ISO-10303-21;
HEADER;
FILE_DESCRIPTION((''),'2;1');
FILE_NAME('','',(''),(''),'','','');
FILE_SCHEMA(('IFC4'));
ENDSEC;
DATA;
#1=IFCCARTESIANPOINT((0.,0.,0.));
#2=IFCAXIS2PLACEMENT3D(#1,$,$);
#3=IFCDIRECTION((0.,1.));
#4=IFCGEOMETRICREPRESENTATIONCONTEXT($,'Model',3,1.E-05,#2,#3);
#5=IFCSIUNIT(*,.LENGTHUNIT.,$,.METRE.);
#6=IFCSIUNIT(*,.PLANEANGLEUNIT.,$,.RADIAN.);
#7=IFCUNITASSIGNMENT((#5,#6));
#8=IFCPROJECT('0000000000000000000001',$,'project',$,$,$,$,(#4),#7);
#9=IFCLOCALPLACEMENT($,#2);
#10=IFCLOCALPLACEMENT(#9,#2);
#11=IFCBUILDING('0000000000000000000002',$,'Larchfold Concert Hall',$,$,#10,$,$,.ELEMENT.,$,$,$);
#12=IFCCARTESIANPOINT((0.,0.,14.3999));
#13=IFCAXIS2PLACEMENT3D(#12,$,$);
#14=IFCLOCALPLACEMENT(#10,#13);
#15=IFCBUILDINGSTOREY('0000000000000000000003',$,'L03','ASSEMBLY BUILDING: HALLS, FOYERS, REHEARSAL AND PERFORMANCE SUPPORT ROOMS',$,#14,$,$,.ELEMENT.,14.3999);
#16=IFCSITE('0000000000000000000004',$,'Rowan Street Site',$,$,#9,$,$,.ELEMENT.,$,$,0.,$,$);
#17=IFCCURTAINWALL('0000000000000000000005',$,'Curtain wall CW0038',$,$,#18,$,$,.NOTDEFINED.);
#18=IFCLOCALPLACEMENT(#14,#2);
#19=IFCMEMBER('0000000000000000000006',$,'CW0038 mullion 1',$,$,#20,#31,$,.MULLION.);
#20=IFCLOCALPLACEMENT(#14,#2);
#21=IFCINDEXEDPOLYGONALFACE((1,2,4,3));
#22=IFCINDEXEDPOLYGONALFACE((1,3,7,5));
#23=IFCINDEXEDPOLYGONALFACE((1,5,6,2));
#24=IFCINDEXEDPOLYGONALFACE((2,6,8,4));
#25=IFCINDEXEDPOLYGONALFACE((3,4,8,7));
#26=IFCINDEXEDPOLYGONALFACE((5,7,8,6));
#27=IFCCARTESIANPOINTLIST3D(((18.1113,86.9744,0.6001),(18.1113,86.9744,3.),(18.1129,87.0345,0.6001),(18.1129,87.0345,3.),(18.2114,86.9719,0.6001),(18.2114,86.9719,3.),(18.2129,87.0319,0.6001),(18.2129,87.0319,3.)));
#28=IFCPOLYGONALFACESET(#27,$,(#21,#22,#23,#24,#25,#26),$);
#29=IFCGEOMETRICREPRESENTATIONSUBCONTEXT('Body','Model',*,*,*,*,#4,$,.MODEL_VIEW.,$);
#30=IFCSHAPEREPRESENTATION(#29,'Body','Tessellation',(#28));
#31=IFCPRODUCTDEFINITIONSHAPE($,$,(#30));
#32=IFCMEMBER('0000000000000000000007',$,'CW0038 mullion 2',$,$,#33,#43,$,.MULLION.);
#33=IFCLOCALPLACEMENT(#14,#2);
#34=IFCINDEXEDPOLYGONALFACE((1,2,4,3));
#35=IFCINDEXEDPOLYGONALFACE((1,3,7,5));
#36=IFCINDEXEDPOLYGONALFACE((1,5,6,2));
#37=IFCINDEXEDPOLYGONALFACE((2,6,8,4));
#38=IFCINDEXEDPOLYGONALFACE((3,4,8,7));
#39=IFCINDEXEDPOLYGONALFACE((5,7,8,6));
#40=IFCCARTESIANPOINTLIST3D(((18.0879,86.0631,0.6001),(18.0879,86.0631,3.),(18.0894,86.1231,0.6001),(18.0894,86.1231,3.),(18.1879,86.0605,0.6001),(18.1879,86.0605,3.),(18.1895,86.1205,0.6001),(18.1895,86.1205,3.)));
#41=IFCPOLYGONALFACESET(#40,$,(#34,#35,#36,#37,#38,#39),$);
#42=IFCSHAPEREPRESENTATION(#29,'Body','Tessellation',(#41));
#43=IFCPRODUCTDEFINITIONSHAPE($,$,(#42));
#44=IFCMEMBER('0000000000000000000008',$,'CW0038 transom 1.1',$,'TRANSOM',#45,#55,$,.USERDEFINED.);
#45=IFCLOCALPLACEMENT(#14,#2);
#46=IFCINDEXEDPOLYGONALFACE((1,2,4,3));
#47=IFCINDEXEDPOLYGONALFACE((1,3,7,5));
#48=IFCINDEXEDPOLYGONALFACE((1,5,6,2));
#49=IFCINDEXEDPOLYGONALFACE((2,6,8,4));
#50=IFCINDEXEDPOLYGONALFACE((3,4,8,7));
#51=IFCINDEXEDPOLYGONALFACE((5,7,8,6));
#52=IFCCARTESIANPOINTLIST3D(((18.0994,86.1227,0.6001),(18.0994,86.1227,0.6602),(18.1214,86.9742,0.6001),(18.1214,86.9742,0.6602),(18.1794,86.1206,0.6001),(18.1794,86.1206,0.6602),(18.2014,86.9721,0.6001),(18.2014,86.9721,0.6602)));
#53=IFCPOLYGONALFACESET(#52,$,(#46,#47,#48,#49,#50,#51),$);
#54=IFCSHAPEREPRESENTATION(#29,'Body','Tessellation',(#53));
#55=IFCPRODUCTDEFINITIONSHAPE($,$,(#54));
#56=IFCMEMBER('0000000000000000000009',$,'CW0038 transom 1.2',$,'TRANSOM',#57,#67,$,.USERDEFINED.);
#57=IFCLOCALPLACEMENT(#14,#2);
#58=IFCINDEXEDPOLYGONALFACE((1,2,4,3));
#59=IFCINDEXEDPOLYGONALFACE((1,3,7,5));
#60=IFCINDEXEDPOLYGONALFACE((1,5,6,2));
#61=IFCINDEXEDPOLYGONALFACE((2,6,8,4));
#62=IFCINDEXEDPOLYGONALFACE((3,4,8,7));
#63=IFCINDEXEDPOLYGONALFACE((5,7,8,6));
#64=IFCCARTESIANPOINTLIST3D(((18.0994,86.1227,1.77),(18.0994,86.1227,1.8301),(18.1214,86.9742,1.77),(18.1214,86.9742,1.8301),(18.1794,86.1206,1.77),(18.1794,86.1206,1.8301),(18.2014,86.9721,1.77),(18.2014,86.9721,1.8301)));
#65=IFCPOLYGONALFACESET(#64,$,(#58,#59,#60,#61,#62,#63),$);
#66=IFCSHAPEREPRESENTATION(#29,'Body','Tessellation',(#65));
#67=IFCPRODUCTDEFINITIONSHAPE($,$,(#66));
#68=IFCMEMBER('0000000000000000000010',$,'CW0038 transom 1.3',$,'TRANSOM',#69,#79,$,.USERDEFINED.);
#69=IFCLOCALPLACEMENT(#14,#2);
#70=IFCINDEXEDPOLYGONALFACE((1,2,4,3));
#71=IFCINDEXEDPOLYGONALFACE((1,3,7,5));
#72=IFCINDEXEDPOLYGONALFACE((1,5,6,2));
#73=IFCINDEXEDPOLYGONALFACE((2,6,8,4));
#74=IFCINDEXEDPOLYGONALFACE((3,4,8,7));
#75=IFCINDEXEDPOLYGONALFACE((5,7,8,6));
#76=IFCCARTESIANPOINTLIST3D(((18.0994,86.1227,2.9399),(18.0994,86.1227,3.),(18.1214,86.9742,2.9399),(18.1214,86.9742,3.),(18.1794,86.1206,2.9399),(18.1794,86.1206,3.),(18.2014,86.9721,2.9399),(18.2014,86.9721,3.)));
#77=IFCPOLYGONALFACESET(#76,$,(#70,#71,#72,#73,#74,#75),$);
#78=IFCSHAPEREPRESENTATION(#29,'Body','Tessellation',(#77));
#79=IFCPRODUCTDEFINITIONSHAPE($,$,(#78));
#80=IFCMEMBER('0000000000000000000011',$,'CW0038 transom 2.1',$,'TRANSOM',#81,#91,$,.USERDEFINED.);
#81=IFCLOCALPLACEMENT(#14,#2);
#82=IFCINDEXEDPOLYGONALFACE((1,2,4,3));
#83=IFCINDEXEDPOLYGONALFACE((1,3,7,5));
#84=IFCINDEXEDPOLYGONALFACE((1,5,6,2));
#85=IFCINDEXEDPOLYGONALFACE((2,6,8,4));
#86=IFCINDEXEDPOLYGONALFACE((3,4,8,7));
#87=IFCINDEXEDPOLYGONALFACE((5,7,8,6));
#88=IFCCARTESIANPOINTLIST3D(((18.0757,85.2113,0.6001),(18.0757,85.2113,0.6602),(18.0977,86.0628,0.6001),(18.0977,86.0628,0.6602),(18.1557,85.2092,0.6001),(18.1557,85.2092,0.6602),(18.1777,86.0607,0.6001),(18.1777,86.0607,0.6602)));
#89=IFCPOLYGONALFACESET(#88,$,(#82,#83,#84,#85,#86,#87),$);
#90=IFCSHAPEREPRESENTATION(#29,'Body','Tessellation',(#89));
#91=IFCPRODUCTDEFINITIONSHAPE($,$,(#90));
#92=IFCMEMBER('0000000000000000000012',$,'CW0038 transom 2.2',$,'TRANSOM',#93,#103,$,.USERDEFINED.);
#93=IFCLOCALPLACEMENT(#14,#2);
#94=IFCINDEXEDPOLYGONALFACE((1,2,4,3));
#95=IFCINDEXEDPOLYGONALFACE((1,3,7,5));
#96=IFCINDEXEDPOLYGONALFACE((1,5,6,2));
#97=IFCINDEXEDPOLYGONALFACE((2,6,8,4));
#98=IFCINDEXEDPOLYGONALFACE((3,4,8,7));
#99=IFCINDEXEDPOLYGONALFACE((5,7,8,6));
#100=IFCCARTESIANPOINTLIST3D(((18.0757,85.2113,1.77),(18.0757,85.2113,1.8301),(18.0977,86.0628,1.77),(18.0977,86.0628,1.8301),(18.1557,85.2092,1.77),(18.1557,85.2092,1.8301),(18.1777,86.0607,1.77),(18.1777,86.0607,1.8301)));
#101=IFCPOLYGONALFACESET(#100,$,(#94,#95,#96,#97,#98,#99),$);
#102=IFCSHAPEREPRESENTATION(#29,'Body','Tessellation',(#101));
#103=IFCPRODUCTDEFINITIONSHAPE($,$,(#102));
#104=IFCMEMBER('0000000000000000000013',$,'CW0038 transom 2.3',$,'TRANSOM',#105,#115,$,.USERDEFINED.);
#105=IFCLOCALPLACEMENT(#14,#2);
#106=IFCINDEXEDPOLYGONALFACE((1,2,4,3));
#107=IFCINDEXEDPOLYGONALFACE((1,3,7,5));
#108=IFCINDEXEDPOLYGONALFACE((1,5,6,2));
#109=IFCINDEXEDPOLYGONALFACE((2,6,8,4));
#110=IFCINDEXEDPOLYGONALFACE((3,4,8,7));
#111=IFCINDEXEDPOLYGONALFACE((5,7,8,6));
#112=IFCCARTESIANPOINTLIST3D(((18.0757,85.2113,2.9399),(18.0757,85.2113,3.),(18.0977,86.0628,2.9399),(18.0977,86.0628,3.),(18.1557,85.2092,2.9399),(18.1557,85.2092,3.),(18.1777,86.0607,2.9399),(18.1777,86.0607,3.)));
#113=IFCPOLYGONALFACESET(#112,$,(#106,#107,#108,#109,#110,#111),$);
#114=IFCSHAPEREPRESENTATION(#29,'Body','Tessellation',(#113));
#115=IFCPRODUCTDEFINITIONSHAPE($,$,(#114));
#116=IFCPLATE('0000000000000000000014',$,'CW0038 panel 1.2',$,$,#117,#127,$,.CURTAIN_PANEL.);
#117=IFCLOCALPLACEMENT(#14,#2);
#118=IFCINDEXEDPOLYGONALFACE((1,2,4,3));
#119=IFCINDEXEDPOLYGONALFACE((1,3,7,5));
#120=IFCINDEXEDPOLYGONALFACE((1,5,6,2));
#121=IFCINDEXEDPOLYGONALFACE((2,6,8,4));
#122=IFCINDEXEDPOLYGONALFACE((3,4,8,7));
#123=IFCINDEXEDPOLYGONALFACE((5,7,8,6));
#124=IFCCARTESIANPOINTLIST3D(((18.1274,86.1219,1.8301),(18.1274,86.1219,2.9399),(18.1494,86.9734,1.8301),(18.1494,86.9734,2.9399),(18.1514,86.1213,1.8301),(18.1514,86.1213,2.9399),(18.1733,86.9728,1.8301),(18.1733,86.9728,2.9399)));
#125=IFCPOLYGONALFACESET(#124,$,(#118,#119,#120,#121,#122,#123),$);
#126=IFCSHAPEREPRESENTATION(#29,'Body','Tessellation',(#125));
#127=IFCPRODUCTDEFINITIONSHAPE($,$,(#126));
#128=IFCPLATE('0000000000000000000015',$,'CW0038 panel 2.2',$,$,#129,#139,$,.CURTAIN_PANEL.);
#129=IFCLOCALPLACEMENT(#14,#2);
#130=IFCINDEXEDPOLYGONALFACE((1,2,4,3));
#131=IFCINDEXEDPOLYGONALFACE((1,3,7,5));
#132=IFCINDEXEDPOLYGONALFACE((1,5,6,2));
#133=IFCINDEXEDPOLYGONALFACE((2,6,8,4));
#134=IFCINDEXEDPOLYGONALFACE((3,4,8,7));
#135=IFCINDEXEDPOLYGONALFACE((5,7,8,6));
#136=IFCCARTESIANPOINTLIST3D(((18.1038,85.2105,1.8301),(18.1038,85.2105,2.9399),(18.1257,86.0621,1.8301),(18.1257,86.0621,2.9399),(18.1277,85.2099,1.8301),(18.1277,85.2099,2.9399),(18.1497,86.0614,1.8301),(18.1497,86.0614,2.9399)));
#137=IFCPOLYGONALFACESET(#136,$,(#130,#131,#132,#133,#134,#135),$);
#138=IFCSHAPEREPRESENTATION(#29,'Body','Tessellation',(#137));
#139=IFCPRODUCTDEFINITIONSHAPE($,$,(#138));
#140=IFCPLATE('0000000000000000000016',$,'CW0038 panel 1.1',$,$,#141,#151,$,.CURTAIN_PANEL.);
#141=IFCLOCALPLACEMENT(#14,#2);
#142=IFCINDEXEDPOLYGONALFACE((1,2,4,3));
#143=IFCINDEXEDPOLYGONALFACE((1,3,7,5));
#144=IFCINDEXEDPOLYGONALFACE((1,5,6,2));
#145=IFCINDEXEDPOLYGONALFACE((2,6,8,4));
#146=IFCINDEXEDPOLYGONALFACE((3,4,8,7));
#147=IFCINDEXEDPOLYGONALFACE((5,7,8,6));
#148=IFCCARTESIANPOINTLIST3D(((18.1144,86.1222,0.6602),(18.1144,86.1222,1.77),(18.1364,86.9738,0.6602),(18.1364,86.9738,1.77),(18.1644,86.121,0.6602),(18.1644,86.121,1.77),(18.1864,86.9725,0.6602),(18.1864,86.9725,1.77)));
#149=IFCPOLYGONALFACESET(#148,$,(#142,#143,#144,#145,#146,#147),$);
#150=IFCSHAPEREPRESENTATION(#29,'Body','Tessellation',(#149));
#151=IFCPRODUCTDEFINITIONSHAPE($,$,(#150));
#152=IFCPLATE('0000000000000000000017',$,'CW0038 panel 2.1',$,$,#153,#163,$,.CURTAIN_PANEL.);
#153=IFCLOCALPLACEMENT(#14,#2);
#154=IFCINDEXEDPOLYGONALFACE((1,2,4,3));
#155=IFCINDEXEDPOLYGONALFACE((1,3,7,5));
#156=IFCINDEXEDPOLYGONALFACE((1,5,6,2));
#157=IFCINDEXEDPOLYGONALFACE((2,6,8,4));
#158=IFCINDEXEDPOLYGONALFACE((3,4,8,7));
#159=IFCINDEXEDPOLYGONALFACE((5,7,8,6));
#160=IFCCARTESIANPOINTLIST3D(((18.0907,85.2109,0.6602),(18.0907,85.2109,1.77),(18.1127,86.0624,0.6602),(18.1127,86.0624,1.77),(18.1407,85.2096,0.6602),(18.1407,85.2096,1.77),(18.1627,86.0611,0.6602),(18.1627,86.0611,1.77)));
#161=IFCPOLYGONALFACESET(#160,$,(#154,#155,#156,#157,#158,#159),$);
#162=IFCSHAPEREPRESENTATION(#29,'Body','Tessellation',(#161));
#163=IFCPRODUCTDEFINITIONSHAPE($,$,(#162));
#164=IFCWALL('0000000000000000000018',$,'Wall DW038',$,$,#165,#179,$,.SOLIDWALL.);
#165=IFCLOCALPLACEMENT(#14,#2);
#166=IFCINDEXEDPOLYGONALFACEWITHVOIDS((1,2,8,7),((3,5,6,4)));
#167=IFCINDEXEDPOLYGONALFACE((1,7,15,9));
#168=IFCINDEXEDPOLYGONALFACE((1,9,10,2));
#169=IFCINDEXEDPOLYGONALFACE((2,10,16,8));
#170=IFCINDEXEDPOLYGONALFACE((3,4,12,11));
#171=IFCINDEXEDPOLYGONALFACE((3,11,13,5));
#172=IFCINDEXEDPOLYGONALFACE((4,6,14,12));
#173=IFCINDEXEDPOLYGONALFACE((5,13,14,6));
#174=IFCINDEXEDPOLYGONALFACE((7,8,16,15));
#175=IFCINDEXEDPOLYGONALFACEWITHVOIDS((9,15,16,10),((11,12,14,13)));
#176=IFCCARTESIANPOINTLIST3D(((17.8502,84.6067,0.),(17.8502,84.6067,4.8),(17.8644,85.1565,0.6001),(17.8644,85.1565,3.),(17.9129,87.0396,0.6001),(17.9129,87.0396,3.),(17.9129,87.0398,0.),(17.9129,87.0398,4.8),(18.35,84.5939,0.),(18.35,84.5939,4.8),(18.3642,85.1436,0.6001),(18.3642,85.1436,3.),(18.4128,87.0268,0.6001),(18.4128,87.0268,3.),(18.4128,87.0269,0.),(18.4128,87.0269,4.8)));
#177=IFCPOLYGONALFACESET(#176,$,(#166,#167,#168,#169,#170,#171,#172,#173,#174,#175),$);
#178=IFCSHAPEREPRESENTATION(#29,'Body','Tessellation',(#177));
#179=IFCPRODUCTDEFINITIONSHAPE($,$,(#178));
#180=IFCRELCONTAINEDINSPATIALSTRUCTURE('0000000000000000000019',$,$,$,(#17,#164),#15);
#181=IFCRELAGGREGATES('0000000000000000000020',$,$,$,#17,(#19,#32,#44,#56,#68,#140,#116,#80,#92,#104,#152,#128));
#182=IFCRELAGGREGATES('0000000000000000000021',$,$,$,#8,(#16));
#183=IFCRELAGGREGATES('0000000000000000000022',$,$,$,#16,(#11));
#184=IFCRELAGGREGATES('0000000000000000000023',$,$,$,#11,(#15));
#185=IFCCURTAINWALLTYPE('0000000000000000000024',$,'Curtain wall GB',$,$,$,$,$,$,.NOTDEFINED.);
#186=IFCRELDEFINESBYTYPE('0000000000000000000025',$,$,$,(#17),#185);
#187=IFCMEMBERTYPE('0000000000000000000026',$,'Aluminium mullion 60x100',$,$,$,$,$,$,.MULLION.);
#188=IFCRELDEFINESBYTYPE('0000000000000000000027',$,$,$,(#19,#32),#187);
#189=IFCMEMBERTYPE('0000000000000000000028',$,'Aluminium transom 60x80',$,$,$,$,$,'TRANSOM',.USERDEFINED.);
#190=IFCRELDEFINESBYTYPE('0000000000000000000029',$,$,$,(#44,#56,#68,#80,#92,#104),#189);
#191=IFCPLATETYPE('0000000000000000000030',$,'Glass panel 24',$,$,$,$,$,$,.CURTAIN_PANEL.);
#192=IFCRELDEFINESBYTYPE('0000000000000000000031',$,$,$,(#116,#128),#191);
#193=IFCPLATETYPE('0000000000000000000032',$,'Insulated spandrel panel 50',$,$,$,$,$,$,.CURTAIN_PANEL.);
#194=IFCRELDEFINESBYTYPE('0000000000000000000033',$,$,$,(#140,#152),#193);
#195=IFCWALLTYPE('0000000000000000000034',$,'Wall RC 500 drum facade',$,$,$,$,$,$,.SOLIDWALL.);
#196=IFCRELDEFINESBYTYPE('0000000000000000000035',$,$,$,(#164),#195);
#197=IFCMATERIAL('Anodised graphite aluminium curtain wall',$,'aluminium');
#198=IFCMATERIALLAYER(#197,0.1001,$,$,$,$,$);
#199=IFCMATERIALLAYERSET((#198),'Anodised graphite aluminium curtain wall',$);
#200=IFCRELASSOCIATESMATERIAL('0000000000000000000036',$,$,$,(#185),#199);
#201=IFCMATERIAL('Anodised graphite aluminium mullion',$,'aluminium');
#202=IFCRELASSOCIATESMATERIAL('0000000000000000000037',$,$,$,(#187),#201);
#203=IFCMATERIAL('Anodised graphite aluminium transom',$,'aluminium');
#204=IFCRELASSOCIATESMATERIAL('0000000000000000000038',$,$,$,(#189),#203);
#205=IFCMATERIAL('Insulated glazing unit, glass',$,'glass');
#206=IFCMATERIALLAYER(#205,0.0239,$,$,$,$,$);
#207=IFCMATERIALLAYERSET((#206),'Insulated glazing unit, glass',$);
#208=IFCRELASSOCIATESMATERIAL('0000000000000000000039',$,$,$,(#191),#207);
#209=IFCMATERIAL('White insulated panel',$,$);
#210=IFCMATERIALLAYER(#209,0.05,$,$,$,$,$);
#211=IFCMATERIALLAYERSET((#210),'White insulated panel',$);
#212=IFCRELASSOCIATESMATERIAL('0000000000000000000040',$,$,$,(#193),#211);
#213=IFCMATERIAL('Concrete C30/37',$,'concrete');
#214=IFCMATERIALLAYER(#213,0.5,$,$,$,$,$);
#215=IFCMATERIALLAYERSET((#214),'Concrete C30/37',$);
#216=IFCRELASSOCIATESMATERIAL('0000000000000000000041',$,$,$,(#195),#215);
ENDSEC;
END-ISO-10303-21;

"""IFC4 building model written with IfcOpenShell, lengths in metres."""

from ifc_helpers import new_model, si_unit, direction, frame, frame_2d, origin, origin_2d, place, context, subcontext, project, spatial, rectangle, extrude, material, layer, layer_set, material_profile, profile_set, type_object, element, fill, aggregate, save


model = new_model("IFC4")

# Units and contexts
model_context = context("Model", 3, precision=1e-05, world=origin(), true_north=direction((0.0, 1.0)))
body_context = subcontext(model_context, "Body", "Model", "MODEL_VIEW")
ifc_project = project(units=[si_unit("LENGTHUNIT", "METRE"), si_unit("PLANEANGLEUNIT", "RADIAN")], contexts=[model_context])

# Site, building, storey
site_placement = place(None, origin())
site = spatial("IfcSite", under=ifc_project, at=site_placement, Name="Rowan Street Site", CompositionType="ELEMENT", RefElevation=0.0)
building_placement = place(site_placement, origin())
building = spatial("IfcBuilding", under=site, at=building_placement, Name="Larchfold Concert Hall", CompositionType="ELEMENT")
storey_placement = place(building_placement, frame((0.0, 0.0, 14.3999)))
storey = spatial("IfcBuildingStorey", under=building, at=storey_placement, Name="L03", Description="ASSEMBLY BUILDING: HALLS, FOYERS, REHEARSAL AND PERFORMANCE SUPPORT ROOMS", CompositionType="ELEMENT", Elevation=14.3999)

# Shared definitions
ifc_material_1 = material(Name="Anodised graphite aluminium curtain wall", Category="aluminium")
ifc_layer_1 = layer(ifc_material_1, 0.1001)
ifc_layer_set_1 = layer_set([ifc_layer_1], Name="Anodised graphite aluminium curtain wall")
curtain_wall_type = type_object("IfcCurtainWallType", Name="Curtain wall GB", PredefinedType="NOTDEFINED", material=ifc_layer_set_1)
ifc_material_2 = material(Name="Anodised graphite aluminium mullion", Category="aluminium")
ifc_material_profile_1 = material_profile(ifc_material_2, rectangle(XDim=0.1001, YDim=0.0601, at=origin_2d()))
ifc_profile_set_1 = profile_set([ifc_material_profile_1], Name="Anodised graphite aluminium mullion")
member_type_1 = type_object("IfcMemberType", Name="Aluminium mullion 60x100", PredefinedType="MULLION", material=ifc_profile_set_1)

# Curtain wall, members
curtain_wall_1_placement = place(storey_placement, origin())
curtain_wall_1 = element("IfcCurtainWall", 1, at=curtain_wall_1_placement, inside=storey, type_object=curtain_wall_type, Name="Curtain wall CW0038", PredefinedType="NOTDEFINED")
member_1_placement = place(storey_placement, frame((18.1621, 87.0032, 0.6001), z_axis=(0.0, 0.0, 1.0), x_axis=(0.999667, -0.025792, 0.0)))
member_1 = element("IfcMember", 2, at=member_1_placement, type_object=member_type_1, Name="CW0038 mullion 1", PredefinedType="MULLION", context=body_context, shape_type="SweptSolid", body=[
    extrude(rectangle(XDim=0.1001, YDim=0.0601, at=origin_2d()), origin(), (0.0, 0.0, 1.0), 2.3999),
])
member_2_placement = place(storey_placement, frame((18.1387, 86.0918, 0.6001), z_axis=(0.0, 0.0, 1.0), x_axis=(0.999667, -0.025792, 0.0)))
member_2 = element("IfcMember", 3, at=member_2_placement, type_object=member_type_1, Name="CW0038 mullion 2", PredefinedType="MULLION", context=body_context, shape_type="SweptSolid", body=[
    extrude(rectangle(XDim=0.1001, YDim=0.0601, at=origin_2d()), origin(), (0.0, 0.0, 1.0), 2.3999),
])

# Members
ifc_material_3 = material(Name="Anodised graphite aluminium transom", Category="aluminium")
ifc_material_profile_2 = material_profile(ifc_material_3, rectangle(XDim=0.0801, YDim=0.0601, at=origin_2d()))
ifc_profile_set_2 = profile_set([ifc_material_profile_2], Name="Anodised graphite aluminium transom")
member_type_2 = type_object("IfcMemberType", Name="Aluminium transom 60x80", ElementType="TRANSOM", PredefinedType="USERDEFINED", material=ifc_profile_set_2)
member_3_placement = place(storey_placement, frame((18.1614, 86.9731, 0.6301), z_axis=(-0.025794, -0.999667, 0.0), x_axis=(0.999667, -0.025794, 0.0)))
member_3 = element("IfcMember", 4, at=member_3_placement, type_object=member_type_2, Name="CW0038 transom 1.1", ObjectType="TRANSOM", PredefinedType="USERDEFINED", context=body_context, shape_type="SweptSolid", body=[
    extrude(rectangle(XDim=0.0801, YDim=0.0601, at=origin_2d()), origin(), (0.0, 0.0, 1.0), 0.8518),
])
member_4_placement = place(storey_placement, frame((18.1614, 86.9731, 1.8), z_axis=(-0.025794, -0.999667, 0.0), x_axis=(0.999667, -0.025794, 0.0)))
member_4 = element("IfcMember", 5, at=member_4_placement, type_object=member_type_2, Name="CW0038 transom 1.2", ObjectType="TRANSOM", PredefinedType="USERDEFINED", context=body_context, shape_type="SweptSolid", body=[
    extrude(rectangle(XDim=0.0801, YDim=0.0601, at=origin_2d()), origin(), (0.0, 0.0, 1.0), 0.8518),
])
member_5_placement = place(storey_placement, frame((18.1614, 86.9731, 2.97), z_axis=(-0.025794, -0.999667, 0.0), x_axis=(0.999667, -0.025794, 0.0)))
member_5 = element("IfcMember", 6, at=member_5_placement, type_object=member_type_2, Name="CW0038 transom 1.3", ObjectType="TRANSOM", PredefinedType="USERDEFINED", context=body_context, shape_type="SweptSolid", body=[
    extrude(rectangle(XDim=0.0801, YDim=0.0601, at=origin_2d()), origin(), (0.0, 0.0, 1.0), 0.8518),
])
member_6_placement = place(storey_placement, frame((18.1377, 86.0618, 0.6301), z_axis=(-0.025794, -0.999667, 0.0), x_axis=(0.999667, -0.025794, 0.0)))
member_6 = element("IfcMember", 7, at=member_6_placement, type_object=member_type_2, Name="CW0038 transom 2.1", ObjectType="TRANSOM", PredefinedType="USERDEFINED", context=body_context, shape_type="SweptSolid", body=[
    extrude(rectangle(XDim=0.0801, YDim=0.0601, at=origin_2d()), origin(), (0.0, 0.0, 1.0), 0.8518),
])
member_7_placement = place(storey_placement, frame((18.1377, 86.0618, 1.8), z_axis=(-0.025794, -0.999667, 0.0), x_axis=(0.999667, -0.025794, 0.0)))
member_7 = element("IfcMember", 8, at=member_7_placement, type_object=member_type_2, Name="CW0038 transom 2.2", ObjectType="TRANSOM", PredefinedType="USERDEFINED", context=body_context, shape_type="SweptSolid", body=[
    extrude(rectangle(XDim=0.0801, YDim=0.0601, at=origin_2d()), origin(), (0.0, 0.0, 1.0), 0.8518),
])
member_8_placement = place(storey_placement, frame((18.1377, 86.0618, 2.97), z_axis=(-0.025794, -0.999667, 0.0), x_axis=(0.999667, -0.025794, 0.0)))
member_8 = element("IfcMember", 9, at=member_8_placement, type_object=member_type_2, Name="CW0038 transom 2.3", ObjectType="TRANSOM", PredefinedType="USERDEFINED", context=body_context, shape_type="SweptSolid", body=[
    extrude(rectangle(XDim=0.0801, YDim=0.0601, at=origin_2d()), origin(), (0.0, 0.0, 1.0), 0.8518),
])

# Plates
ifc_material_4 = material(Name="Insulated glazing unit, glass", Category="glass")
ifc_layer_2 = layer(ifc_material_4, 0.0239)
ifc_layer_set_2 = layer_set([ifc_layer_2], Name="Insulated glazing unit, glass")
plate_type_1 = type_object("IfcPlateType", Name="Glass panel 24", PredefinedType="CURTAIN_PANEL", material=ifc_layer_set_2)
plate_1_placement = place(storey_placement, frame((18.1504, 86.5474, 1.8301), z_axis=(0.0, 0.0, 1.0), x_axis=(-0.025792, -0.999667, 0.0)))
plate_1 = element("IfcPlate", 10, at=plate_1_placement, type_object=plate_type_1, Name="CW0038 panel 1.2", PredefinedType="CURTAIN_PANEL", context=body_context, shape_type="SweptSolid", body=[
    extrude(rectangle(XDim=0.8518, YDim=0.0239, at=origin_2d()), origin(), (0.0, 0.0, 1.0), 1.1099),
])
plate_2_placement = place(storey_placement, frame((18.1267, 85.636, 1.8301), z_axis=(0.0, 0.0, 1.0), x_axis=(-0.025792, -0.999667, 0.0)))
plate_2 = element("IfcPlate", 11, at=plate_2_placement, type_object=plate_type_1, Name="CW0038 panel 2.2", PredefinedType="CURTAIN_PANEL", context=body_context, shape_type="SweptSolid", body=[
    extrude(rectangle(XDim=0.8518, YDim=0.0239, at=origin_2d()), origin(), (0.0, 0.0, 1.0), 1.1099),
])
ifc_material_5 = material(Name="White insulated panel")
ifc_layer_3 = layer(ifc_material_5, 0.05)
ifc_layer_set_3 = layer_set([ifc_layer_3], Name="White insulated panel")
plate_type_2 = type_object("IfcPlateType", Name="Insulated spandrel panel 50", PredefinedType="CURTAIN_PANEL", material=ifc_layer_set_3)
plate_3_placement = place(storey_placement, frame((18.1504, 86.5474, 0.6602), z_axis=(0.0, 0.0, 1.0), x_axis=(-0.025792, -0.999667, 0.0)))
plate_3 = element("IfcPlate", 12, at=plate_3_placement, type_object=plate_type_2, Name="CW0038 panel 1.1", PredefinedType="CURTAIN_PANEL", context=body_context, shape_type="SweptSolid", body=[
    extrude(rectangle(XDim=0.8518, YDim=0.05, at=origin_2d()), origin(), (0.0, 0.0, 1.0), 1.1099),
])
plate_4_placement = place(storey_placement, frame((18.1267, 85.636, 0.6602), z_axis=(0.0, 0.0, 1.0), x_axis=(-0.025792, -0.999667, 0.0)))
plate_4 = element("IfcPlate", 13, at=plate_4_placement, type_object=plate_type_2, Name="CW0038 panel 2.1", PredefinedType="CURTAIN_PANEL", context=body_context, shape_type="SweptSolid", body=[
    extrude(rectangle(XDim=0.8518, YDim=0.05, at=origin_2d()), origin(), (0.0, 0.0, 1.0), 1.1099),
])
aggregate(curtain_wall_1, [member_1, member_2, member_3, member_4, member_5, plate_3, plate_1, member_6, member_7, member_8, plate_4, plate_2])

# Wall, opening
ifc_material_6 = material(Name="Concrete C30/37", Category="concrete")
ifc_layer_4 = layer(ifc_material_6, 0.5)
ifc_layer_set_4 = layer_set([ifc_layer_4], Name="Concrete C30/37")
wall_type_1 = type_object("IfcWallType", Name="Wall RC 500 drum facade", PredefinedType="SOLIDWALL", material=ifc_layer_set_4)
wall_1_placement = place(storey_placement, frame((18.1628, 87.0332, 0.0), z_axis=(0.0, 0.0, 1.0), x_axis=(-0.025779, -0.999668, 0.0)))
wall_1 = element("IfcWall", 14, at=wall_1_placement, inside=storey, type_object=wall_type_1, Name="Wall DW038", PredefinedType="SOLIDWALL", context=body_context, shape_type="SweptSolid", body=[
    extrude(rectangle(XDim=2.4338, YDim=0.5, at=frame_2d((1.2168, 0.0))), origin(), (0.0, 0.0, 1.0), 4.8),
])
opening_1_placement = place(wall_1_placement, frame((0.0, 0.0, 0.6001)))
opening_1 = element("IfcOpeningElement", 15, at=opening_1_placement, cuts=wall_1, PredefinedType="OPENING", context=body_context, shape_type="SweptSolid", body=[
    extrude(rectangle(XDim=1.8838, YDim=2.3999, at=frame_2d((0.9419, 1.2))), frame((0.0, 0.26, 0.0), z_axis=(0.0, -1.0, 0.0), x_axis=(1.0, 0.0, 0.0)), (0.0, 0.0, 1.0), 0.52),
])
fill(opening_1, curtain_wall_1)

save(model, "model.ifc")
